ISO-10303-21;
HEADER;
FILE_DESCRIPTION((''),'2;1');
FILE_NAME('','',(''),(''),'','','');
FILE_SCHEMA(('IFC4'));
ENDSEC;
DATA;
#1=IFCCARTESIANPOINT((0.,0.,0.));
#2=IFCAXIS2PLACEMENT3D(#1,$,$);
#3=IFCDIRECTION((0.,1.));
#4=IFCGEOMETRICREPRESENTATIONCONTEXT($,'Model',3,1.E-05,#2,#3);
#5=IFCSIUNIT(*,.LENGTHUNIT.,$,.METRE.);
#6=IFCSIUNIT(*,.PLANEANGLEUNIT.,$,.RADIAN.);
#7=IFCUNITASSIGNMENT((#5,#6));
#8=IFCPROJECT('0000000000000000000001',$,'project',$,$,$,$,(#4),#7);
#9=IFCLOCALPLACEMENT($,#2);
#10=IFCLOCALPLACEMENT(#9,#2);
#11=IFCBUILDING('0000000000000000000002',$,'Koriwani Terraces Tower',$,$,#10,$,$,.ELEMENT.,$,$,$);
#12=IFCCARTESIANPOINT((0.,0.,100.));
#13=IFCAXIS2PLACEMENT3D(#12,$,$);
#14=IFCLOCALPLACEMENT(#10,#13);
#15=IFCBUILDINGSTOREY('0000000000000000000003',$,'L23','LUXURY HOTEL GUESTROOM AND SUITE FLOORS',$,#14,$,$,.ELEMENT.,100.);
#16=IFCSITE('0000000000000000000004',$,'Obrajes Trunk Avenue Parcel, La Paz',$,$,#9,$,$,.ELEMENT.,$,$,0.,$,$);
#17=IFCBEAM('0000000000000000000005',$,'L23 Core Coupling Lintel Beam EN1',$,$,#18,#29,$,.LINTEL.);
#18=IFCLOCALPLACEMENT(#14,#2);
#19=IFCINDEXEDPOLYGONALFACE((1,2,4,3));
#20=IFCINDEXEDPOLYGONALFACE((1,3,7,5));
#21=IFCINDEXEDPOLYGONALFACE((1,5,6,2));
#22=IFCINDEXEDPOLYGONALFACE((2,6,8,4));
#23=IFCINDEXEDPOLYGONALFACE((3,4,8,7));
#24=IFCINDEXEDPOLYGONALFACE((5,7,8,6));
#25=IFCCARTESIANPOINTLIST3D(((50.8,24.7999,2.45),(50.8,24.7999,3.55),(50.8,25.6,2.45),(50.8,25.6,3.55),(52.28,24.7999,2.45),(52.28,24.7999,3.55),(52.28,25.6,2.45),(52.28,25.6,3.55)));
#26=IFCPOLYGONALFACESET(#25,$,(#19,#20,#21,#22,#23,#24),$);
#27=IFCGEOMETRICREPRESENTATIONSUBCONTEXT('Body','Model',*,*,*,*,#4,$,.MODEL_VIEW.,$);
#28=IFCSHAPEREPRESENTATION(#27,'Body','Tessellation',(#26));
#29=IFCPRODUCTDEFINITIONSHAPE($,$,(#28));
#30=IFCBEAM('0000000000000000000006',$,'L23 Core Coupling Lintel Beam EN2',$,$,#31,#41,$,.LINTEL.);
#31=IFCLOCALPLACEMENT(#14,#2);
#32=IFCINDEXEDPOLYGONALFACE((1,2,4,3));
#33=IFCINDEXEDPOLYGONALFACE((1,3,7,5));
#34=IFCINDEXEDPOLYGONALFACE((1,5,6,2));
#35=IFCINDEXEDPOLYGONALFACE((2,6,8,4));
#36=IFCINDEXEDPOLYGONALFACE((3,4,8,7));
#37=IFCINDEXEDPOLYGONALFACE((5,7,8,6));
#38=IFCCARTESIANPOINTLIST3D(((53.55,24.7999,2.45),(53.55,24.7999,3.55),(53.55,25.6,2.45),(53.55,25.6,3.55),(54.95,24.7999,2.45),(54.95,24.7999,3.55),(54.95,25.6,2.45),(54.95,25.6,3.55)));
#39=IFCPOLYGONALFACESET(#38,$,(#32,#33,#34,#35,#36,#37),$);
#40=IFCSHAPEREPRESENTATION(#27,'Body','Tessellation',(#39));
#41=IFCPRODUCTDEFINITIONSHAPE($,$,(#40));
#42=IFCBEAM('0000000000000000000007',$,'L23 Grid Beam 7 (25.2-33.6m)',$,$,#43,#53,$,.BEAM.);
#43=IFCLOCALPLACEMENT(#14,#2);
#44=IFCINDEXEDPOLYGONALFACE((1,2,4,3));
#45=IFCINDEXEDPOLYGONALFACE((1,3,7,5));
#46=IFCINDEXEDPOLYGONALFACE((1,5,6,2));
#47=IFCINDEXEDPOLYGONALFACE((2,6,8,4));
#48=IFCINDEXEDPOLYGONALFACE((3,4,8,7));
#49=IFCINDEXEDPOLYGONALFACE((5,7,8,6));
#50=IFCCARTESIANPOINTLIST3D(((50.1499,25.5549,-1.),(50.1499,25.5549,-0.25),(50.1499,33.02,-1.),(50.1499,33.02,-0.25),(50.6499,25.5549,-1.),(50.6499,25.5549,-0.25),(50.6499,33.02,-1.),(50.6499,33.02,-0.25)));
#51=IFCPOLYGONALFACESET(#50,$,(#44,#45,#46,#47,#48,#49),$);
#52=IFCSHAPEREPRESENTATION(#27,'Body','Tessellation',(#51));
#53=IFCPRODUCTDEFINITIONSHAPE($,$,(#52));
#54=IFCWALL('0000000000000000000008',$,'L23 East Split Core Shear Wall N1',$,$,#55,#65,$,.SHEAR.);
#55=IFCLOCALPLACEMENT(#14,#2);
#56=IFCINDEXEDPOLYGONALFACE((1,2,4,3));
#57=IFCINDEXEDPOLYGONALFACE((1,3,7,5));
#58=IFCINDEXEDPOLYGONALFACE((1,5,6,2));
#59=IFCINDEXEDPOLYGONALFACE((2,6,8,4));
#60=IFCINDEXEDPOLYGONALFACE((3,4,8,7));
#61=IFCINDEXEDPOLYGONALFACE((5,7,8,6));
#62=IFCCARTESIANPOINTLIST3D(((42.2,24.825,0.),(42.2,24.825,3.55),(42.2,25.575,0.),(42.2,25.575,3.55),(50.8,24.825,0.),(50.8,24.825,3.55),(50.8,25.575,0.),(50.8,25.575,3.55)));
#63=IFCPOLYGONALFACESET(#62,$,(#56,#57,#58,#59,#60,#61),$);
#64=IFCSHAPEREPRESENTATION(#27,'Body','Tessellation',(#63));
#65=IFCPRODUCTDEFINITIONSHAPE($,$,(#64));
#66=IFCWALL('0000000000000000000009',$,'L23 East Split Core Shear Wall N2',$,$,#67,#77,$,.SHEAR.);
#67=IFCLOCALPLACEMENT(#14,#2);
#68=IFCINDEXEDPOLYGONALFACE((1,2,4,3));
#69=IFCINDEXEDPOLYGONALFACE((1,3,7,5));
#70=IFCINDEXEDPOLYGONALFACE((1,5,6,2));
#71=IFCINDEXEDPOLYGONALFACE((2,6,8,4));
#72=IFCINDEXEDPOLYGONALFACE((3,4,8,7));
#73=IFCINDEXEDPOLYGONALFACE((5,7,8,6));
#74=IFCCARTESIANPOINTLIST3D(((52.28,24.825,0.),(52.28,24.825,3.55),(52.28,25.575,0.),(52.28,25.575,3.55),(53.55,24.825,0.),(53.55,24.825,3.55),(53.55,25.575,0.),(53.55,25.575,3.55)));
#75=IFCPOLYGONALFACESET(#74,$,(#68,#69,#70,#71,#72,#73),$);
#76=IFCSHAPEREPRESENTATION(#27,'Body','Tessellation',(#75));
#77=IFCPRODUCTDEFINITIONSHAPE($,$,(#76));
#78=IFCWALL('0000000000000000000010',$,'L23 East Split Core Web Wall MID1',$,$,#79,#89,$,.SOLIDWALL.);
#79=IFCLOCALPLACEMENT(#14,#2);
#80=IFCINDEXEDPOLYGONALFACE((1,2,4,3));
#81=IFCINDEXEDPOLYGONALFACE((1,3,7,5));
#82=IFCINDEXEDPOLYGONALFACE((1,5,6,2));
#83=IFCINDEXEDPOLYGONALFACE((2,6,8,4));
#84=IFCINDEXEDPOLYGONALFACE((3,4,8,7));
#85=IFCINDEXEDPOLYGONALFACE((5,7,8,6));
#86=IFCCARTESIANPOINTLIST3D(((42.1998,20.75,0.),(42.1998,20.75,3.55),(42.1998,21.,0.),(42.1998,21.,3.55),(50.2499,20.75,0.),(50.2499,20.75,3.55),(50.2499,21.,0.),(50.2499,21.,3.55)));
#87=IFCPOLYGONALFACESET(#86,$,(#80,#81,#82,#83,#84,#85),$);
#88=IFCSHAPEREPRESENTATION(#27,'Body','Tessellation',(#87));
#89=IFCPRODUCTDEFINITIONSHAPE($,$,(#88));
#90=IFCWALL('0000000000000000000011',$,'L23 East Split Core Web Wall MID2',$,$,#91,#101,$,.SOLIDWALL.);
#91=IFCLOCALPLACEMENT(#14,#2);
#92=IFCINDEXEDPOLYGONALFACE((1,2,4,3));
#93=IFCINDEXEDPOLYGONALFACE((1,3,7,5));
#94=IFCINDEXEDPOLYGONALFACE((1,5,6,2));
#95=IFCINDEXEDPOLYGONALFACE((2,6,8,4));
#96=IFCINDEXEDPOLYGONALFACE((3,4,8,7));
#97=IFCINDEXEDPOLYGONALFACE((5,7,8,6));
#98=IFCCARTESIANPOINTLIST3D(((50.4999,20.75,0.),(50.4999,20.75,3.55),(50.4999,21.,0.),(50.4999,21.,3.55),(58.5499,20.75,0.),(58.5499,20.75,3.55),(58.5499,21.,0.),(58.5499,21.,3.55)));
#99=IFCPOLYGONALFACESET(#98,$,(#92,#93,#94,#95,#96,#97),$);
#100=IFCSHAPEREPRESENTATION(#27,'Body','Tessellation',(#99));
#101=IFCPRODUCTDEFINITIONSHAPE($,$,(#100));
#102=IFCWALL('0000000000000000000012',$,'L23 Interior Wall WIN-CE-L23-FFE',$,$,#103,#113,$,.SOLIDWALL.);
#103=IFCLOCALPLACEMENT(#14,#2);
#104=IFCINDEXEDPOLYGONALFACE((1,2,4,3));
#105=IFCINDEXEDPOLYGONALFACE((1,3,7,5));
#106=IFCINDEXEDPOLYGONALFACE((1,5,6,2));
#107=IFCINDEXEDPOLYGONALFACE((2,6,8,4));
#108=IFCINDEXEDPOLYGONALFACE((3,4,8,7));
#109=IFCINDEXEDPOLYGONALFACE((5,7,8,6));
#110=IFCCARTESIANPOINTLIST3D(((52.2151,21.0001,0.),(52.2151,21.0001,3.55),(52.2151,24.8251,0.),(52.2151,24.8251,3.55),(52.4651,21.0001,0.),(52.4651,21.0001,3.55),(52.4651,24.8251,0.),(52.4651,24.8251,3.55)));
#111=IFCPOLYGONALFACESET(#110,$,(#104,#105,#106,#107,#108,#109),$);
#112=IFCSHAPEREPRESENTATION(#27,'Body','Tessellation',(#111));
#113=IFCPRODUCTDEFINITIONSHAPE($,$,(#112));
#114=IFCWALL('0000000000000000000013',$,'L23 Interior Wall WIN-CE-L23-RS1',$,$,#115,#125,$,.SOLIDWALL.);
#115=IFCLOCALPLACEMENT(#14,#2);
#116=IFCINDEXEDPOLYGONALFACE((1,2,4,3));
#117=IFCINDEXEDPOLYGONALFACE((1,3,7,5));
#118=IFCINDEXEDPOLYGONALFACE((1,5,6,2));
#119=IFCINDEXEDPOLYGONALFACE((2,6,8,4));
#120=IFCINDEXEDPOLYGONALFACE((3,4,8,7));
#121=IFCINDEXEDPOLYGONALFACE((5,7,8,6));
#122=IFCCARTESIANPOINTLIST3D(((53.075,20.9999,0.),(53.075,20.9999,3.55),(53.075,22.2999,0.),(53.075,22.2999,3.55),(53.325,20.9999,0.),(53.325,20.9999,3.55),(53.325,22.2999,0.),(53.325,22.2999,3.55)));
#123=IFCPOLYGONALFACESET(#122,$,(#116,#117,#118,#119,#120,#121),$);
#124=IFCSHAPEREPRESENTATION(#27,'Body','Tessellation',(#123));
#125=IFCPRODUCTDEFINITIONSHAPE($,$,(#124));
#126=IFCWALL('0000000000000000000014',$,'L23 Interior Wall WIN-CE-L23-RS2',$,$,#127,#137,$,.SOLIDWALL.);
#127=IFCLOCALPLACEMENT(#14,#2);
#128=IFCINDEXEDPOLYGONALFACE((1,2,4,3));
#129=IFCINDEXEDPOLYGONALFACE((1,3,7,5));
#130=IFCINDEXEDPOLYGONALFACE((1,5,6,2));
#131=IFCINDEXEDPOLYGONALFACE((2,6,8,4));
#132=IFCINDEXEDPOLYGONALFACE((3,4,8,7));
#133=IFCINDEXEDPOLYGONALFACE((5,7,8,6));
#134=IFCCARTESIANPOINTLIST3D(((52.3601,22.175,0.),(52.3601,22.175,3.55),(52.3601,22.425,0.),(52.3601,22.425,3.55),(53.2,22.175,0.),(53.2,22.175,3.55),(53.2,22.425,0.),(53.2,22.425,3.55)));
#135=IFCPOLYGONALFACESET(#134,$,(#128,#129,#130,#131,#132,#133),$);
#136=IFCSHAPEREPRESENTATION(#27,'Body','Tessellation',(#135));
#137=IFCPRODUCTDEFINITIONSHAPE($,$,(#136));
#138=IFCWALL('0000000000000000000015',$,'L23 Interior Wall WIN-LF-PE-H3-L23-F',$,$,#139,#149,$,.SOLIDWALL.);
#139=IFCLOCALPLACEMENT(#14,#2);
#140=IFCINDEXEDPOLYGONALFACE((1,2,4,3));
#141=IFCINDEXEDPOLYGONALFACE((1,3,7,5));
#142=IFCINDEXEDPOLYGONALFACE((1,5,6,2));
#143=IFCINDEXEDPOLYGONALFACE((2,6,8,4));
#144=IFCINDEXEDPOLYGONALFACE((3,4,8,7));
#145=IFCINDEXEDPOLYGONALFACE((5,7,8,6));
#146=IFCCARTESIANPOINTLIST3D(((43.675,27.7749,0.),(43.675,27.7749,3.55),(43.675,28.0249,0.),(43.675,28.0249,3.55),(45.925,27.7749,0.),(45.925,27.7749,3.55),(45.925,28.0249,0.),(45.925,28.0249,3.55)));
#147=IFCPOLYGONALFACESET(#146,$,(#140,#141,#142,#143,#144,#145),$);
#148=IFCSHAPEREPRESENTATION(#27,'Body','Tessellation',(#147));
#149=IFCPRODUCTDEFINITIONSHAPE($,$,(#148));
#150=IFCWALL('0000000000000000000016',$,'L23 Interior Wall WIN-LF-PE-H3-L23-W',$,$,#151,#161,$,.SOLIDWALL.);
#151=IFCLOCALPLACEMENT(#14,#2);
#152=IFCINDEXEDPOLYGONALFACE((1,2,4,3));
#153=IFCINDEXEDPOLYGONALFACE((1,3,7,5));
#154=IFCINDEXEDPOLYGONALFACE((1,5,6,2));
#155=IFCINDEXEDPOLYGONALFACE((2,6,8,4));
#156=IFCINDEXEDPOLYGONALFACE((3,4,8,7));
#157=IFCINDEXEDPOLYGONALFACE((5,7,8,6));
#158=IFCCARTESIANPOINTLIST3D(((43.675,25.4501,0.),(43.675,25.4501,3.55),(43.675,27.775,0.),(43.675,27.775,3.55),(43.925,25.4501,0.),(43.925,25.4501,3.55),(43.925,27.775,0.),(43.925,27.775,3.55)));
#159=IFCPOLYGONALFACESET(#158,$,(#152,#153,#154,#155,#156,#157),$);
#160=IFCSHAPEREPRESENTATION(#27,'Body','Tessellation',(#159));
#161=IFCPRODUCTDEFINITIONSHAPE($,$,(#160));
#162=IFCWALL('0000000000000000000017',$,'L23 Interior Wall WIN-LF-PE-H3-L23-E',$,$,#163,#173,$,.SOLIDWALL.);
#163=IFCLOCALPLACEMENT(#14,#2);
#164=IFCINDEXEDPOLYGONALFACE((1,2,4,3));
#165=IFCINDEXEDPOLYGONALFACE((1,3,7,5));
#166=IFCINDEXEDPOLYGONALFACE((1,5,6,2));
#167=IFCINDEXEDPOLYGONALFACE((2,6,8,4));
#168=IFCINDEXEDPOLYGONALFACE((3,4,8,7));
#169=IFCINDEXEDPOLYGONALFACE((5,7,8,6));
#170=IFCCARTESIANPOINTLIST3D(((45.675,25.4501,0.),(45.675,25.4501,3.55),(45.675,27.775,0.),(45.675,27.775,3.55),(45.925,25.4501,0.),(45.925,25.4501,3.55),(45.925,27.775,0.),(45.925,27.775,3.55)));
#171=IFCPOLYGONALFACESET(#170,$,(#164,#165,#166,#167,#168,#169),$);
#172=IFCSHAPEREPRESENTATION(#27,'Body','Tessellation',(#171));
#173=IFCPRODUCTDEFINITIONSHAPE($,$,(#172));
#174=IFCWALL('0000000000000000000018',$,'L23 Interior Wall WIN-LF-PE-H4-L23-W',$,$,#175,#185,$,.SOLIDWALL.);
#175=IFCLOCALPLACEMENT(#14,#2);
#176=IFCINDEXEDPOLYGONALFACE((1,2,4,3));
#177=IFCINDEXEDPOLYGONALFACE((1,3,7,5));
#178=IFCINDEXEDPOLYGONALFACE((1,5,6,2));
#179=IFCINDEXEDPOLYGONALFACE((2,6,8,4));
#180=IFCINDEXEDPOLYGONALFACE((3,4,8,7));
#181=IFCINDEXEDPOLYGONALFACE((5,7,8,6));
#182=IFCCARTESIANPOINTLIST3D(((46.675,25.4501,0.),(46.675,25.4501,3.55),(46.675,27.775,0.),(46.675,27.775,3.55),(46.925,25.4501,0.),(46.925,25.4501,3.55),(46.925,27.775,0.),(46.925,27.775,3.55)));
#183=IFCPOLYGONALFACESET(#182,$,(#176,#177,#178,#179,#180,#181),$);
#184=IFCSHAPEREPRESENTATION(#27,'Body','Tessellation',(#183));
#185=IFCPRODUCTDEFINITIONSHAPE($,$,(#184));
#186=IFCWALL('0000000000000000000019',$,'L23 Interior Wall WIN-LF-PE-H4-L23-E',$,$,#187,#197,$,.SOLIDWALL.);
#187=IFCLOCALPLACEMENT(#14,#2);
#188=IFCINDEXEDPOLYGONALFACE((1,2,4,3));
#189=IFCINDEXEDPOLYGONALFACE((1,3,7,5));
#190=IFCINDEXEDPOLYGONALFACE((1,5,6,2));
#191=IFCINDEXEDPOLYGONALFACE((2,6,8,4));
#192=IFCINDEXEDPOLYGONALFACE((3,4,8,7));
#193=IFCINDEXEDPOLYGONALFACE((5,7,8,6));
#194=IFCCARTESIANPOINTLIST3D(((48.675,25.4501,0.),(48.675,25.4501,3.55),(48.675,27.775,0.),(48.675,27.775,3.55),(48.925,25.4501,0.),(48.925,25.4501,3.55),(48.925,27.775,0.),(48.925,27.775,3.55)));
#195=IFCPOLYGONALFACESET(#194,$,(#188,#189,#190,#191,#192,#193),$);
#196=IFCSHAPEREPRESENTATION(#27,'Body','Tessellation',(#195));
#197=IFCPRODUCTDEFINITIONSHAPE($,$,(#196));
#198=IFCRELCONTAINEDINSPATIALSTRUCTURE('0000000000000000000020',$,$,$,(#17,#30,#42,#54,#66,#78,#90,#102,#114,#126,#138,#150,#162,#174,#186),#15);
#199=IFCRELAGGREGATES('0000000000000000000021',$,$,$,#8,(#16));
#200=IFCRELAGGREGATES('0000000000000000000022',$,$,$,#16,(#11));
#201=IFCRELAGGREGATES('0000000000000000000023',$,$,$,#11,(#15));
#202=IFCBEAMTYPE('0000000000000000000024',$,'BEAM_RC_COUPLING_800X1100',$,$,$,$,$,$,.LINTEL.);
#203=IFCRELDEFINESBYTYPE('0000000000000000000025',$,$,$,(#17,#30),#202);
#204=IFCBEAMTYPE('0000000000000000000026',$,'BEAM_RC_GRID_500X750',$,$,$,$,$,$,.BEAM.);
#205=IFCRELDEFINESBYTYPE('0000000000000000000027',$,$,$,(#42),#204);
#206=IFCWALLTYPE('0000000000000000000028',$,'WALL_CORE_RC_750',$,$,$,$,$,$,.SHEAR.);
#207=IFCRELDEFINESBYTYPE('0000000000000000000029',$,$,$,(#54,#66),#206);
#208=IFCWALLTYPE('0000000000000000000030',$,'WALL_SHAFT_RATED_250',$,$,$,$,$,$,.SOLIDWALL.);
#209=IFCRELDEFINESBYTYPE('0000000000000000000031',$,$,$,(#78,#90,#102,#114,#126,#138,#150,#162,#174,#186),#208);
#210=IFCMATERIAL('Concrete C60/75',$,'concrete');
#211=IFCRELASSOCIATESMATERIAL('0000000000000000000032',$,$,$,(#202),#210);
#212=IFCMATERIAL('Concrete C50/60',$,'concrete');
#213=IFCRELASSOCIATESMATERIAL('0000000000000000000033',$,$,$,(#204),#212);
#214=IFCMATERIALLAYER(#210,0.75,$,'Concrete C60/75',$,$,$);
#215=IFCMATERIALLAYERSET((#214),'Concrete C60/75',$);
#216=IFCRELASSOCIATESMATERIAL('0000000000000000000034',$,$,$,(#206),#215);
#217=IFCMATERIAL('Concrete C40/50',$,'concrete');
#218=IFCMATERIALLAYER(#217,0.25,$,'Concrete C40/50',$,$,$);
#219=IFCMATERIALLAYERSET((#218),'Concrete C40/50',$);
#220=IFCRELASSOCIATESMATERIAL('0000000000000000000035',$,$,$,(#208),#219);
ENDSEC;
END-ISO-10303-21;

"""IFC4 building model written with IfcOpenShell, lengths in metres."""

from ifc_helpers import new_model, si_unit, direction, frame, frame_2d, origin, origin_2d, place, context, subcontext, project, spatial, rectangle, extrude, material, layer, layer_set, material_profile, profile_set, type_object, element, save


model = new_model("IFC4")

# Units and contexts
model_context = context("Model", 3, precision=1e-05, world=origin(), true_north=direction((0.0, 1.0)))
body_context = subcontext(model_context, "Body", "Model", "MODEL_VIEW")
ifc_project = project(units=[si_unit("LENGTHUNIT", "METRE"), si_unit("PLANEANGLEUNIT", "RADIAN")], contexts=[model_context])

# Site, building, storey
site_placement = place(None, origin())
site = spatial("IfcSite", under=ifc_project, at=site_placement, Name="Obrajes Trunk Avenue Parcel, La Paz", CompositionType="ELEMENT", RefElevation=0.0)
building_placement = place(site_placement, origin())
building = spatial("IfcBuilding", under=site, at=building_placement, Name="Koriwani Terraces Tower", CompositionType="ELEMENT")
storey_placement = place(building_placement, frame((0.0, 0.0, 100.0)))
storey = spatial("IfcBuildingStorey", under=building, at=storey_placement, Name="L23", Description="LUXURY HOTEL GUESTROOM AND SUITE FLOORS", CompositionType="ELEMENT", Elevation=100.0)

# Beams
ifc_material_1 = material(Name="Concrete C60/75", Category="concrete")
ifc_material_profile_1 = material_profile(ifc_material_1, rectangle(XDim=0.8, YDim=1.1001, at=origin_2d()), Name="Concrete C60/75", Category="LoadBearing")
ifc_profile_set_1 = profile_set([ifc_material_profile_1], Name="Concrete C60/75")
beam_type_1 = type_object("IfcBeamType", Name="BEAM_RC_COUPLING_800X1100", PredefinedType="LINTEL", material=ifc_profile_set_1)
beam_1_placement = place(storey_placement, frame((50.8, 25.2, 3.0), z_axis=(1.0, 0.0, 0.0), x_axis=(0.0, 1.0, 0.0)))
element("IfcBeam", 1, at=beam_1_placement, inside=storey, type_object=beam_type_1, Name="L23 Core Coupling Lintel Beam EN1", PredefinedType="LINTEL", context=body_context, shape_type="SweptSolid", body=[
    extrude(rectangle(XDim=0.8, YDim=1.1001, at=origin_2d()), origin(), (0.0, 0.0, 1.0), 1.48),
])
beam_2_placement = place(storey_placement, frame((53.55, 25.2, 3.0), z_axis=(1.0, 0.0, 0.0), x_axis=(0.0, 1.0, 0.0)))
element("IfcBeam", 2, at=beam_2_placement, inside=storey, type_object=beam_type_1, Name="L23 Core Coupling Lintel Beam EN2", PredefinedType="LINTEL", context=body_context, shape_type="SweptSolid", body=[
    extrude(rectangle(XDim=0.8, YDim=1.1001, at=origin_2d()), origin(), (0.0, 0.0, 1.0), 1.3999),
])
ifc_material_2 = material(Name="Concrete C50/60", Category="concrete")
ifc_material_profile_2 = material_profile(ifc_material_2, rectangle(XDim=0.5, YDim=0.75, at=origin_2d()), Name="Concrete C50/60", Category="LoadBearing")
ifc_profile_set_2 = profile_set([ifc_material_profile_2], Name="Concrete C50/60")
beam_type_2 = type_object("IfcBeamType", Name="BEAM_RC_GRID_500X750", PredefinedType="BEAM", material=ifc_profile_set_2)
beam_3_placement = place(storey_placement, frame((50.3999, 25.5549, -0.625), z_axis=(0.0, 1.0, 0.0), x_axis=(-1.0, 0.0, 0.0)))
element("IfcBeam", 3, at=beam_3_placement, inside=storey, type_object=beam_type_2, Name="L23 Grid Beam 7 (25.2-33.6m)", PredefinedType="BEAM", context=body_context, shape_type="SweptSolid", body=[
    extrude(rectangle(XDim=0.5, YDim=0.75, at=origin_2d()), origin(), (0.0, 0.0, 1.0), 7.4651),
])

# Walls
ifc_layer_1 = layer(ifc_material_1, 0.75, Name="Concrete C60/75")
ifc_layer_set_1 = layer_set([ifc_layer_1], Name="Concrete C60/75")
wall_type_1 = type_object("IfcWallType", Name="WALL_CORE_RC_750", PredefinedType="SHEAR", material=ifc_layer_set_1)
wall_1_placement = place(storey_placement, frame((42.2, 25.2, 0.0), z_axis=(0.0, 0.0, 1.0), x_axis=(1.0, 0.0, 0.0)))
element("IfcWall", 4, at=wall_1_placement, inside=storey, type_object=wall_type_1, Name="L23 East Split Core Shear Wall N1", PredefinedType="SHEAR", context=body_context, shape_type="SweptSolid", body=[
    extrude(rectangle(XDim=8.6001, YDim=0.75, at=frame_2d((4.3, 0.0))), origin(), (0.0, 0.0, 1.0), 3.55),
])
wall_2_placement = place(storey_placement, frame((52.28, 25.2, 0.0), z_axis=(0.0, 0.0, 1.0), x_axis=(1.0, 0.0, 0.0)))
element("IfcWall", 5, at=wall_2_placement, inside=storey, type_object=wall_type_1, Name="L23 East Split Core Shear Wall N2", PredefinedType="SHEAR", context=body_context, shape_type="SweptSolid", body=[
    extrude(rectangle(XDim=1.27, YDim=0.75, at=frame_2d((0.635, 0.0))), origin(), (0.0, 0.0, 1.0), 3.55),
])
ifc_material_3 = material(Name="Concrete C40/50", Category="concrete")
ifc_layer_2 = layer(ifc_material_3, 0.25, Name="Concrete C40/50")
ifc_layer_set_2 = layer_set([ifc_layer_2], Name="Concrete C40/50")
wall_type_2 = type_object("IfcWallType", Name="WALL_SHAFT_RATED_250", PredefinedType="SOLIDWALL", material=ifc_layer_set_2)
for number, where, z_axis, x_axis, name in (
    (6, (42.2, 20.875, 0.0), (0.0, 0.0, 1.0), (1.0, 0.0, 0.0), "L23 East Split Core Web Wall MID1"),
    (7, (50.5, 20.875, 0.0), (0.0, 0.0, 1.0), (1.0, 0.0, 0.0), "L23 East Split Core Web Wall MID2"),
):
    element("IfcWall", number, at=place(storey_placement, frame(where, z_axis=z_axis, x_axis=x_axis)), inside=storey, type_object=wall_type_2, Name=name, PredefinedType="SOLIDWALL", context=body_context, shape_type="SweptSolid", body=[
        extrude(rectangle(XDim=8.05, YDim=0.25, at=frame_2d((4.0249, 0.0))), origin(), (0.0, 0.0, 1.0), 3.55),
    ])

# Wall
wall_3_placement = place(storey_placement, frame((52.3401, 21.0, 0.0), z_axis=(0.0, 0.0, 1.0), x_axis=(0.0, 1.0, 0.0)))
element("IfcWall", 8, at=wall_3_placement, inside=storey, type_object=wall_type_2, Name="L23 Interior Wall WIN-CE-L23-FFE", PredefinedType="SOLIDWALL", context=body_context, shape_type="SweptSolid", body=[
    extrude(rectangle(XDim=3.825, YDim=0.25, at=frame_2d((1.9126, 0.0))), origin(), (0.0, 0.0, 1.0), 3.55),
])

# Walls
wall_4_placement = place(storey_placement, frame((53.2, 21.0, 0.0), z_axis=(0.0, 0.0, 1.0), x_axis=(0.0, 1.0, 0.0)))
element("IfcWall", 9, at=wall_4_placement, inside=storey, type_object=wall_type_2, Name="L23 Interior Wall WIN-CE-L23-RS1", PredefinedType="SOLIDWALL", context=body_context, shape_type="SweptSolid", body=[
    extrude(rectangle(XDim=1.3, YDim=0.25, at=frame_2d((0.6499, 0.0))), origin(), (0.0, 0.0, 1.0), 3.55),
])
wall_5_placement = place(storey_placement, frame((52.3601, 22.3, 0.0), z_axis=(0.0, 0.0, 1.0), x_axis=(1.0, 0.0, 0.0)))
element("IfcWall", 10, at=wall_5_placement, inside=storey, type_object=wall_type_2, Name="L23 Interior Wall WIN-CE-L23-RS2", PredefinedType="SOLIDWALL", context=body_context, shape_type="SweptSolid", body=[
    extrude(rectangle(XDim=0.8398, YDim=0.25, at=frame_2d((0.4199, 0.0))), origin(), (0.0, 0.0, 1.0), 3.55),
])
wall_6_placement = place(storey_placement, frame((43.675, 27.8999, 0.0), z_axis=(0.0, 0.0, 1.0), x_axis=(1.0, 0.0, 0.0)))
element("IfcWall", 11, at=wall_6_placement, inside=storey, type_object=wall_type_2, Name="L23 Interior Wall WIN-LF-PE-H3-L23-F", PredefinedType="SOLIDWALL", context=body_context, shape_type="SweptSolid", body=[
    extrude(rectangle(XDim=2.25, YDim=0.25, at=frame_2d((1.125, 0.0))), origin(), (0.0, 0.0, 1.0), 3.55),
])
for number, where, z_axis, x_axis, name in (
    (12, (43.8, 25.45, 0.0), (0.0, 0.0, 1.0), (0.0, 1.0, 0.0), "L23 Interior Wall WIN-LF-PE-H3-L23-W"),
    (13, (45.8, 25.45, 0.0), (0.0, 0.0, 1.0), (0.0, 1.0, 0.0), "L23 Interior Wall WIN-LF-PE-H3-L23-E"),
    (14, (46.8, 25.45, 0.0), (0.0, 0.0, 1.0), (0.0, 1.0, 0.0), "L23 Interior Wall WIN-LF-PE-H4-L23-W"),
    (15, (48.8, 25.45, 0.0), (0.0, 0.0, 1.0), (0.0, 1.0, 0.0), "L23 Interior Wall WIN-LF-PE-H4-L23-E"),
):
    element("IfcWall", number, at=place(storey_placement, frame(where, z_axis=z_axis, x_axis=x_axis)), inside=storey, type_object=wall_type_2, Name=name, PredefinedType="SOLIDWALL", context=body_context, shape_type="SweptSolid", body=[
        extrude(rectangle(XDim=2.325, YDim=0.25, at=frame_2d((1.1626, 0.0))), origin(), (0.0, 0.0, 1.0), 3.55),
    ])

save(model, "model.ifc")
